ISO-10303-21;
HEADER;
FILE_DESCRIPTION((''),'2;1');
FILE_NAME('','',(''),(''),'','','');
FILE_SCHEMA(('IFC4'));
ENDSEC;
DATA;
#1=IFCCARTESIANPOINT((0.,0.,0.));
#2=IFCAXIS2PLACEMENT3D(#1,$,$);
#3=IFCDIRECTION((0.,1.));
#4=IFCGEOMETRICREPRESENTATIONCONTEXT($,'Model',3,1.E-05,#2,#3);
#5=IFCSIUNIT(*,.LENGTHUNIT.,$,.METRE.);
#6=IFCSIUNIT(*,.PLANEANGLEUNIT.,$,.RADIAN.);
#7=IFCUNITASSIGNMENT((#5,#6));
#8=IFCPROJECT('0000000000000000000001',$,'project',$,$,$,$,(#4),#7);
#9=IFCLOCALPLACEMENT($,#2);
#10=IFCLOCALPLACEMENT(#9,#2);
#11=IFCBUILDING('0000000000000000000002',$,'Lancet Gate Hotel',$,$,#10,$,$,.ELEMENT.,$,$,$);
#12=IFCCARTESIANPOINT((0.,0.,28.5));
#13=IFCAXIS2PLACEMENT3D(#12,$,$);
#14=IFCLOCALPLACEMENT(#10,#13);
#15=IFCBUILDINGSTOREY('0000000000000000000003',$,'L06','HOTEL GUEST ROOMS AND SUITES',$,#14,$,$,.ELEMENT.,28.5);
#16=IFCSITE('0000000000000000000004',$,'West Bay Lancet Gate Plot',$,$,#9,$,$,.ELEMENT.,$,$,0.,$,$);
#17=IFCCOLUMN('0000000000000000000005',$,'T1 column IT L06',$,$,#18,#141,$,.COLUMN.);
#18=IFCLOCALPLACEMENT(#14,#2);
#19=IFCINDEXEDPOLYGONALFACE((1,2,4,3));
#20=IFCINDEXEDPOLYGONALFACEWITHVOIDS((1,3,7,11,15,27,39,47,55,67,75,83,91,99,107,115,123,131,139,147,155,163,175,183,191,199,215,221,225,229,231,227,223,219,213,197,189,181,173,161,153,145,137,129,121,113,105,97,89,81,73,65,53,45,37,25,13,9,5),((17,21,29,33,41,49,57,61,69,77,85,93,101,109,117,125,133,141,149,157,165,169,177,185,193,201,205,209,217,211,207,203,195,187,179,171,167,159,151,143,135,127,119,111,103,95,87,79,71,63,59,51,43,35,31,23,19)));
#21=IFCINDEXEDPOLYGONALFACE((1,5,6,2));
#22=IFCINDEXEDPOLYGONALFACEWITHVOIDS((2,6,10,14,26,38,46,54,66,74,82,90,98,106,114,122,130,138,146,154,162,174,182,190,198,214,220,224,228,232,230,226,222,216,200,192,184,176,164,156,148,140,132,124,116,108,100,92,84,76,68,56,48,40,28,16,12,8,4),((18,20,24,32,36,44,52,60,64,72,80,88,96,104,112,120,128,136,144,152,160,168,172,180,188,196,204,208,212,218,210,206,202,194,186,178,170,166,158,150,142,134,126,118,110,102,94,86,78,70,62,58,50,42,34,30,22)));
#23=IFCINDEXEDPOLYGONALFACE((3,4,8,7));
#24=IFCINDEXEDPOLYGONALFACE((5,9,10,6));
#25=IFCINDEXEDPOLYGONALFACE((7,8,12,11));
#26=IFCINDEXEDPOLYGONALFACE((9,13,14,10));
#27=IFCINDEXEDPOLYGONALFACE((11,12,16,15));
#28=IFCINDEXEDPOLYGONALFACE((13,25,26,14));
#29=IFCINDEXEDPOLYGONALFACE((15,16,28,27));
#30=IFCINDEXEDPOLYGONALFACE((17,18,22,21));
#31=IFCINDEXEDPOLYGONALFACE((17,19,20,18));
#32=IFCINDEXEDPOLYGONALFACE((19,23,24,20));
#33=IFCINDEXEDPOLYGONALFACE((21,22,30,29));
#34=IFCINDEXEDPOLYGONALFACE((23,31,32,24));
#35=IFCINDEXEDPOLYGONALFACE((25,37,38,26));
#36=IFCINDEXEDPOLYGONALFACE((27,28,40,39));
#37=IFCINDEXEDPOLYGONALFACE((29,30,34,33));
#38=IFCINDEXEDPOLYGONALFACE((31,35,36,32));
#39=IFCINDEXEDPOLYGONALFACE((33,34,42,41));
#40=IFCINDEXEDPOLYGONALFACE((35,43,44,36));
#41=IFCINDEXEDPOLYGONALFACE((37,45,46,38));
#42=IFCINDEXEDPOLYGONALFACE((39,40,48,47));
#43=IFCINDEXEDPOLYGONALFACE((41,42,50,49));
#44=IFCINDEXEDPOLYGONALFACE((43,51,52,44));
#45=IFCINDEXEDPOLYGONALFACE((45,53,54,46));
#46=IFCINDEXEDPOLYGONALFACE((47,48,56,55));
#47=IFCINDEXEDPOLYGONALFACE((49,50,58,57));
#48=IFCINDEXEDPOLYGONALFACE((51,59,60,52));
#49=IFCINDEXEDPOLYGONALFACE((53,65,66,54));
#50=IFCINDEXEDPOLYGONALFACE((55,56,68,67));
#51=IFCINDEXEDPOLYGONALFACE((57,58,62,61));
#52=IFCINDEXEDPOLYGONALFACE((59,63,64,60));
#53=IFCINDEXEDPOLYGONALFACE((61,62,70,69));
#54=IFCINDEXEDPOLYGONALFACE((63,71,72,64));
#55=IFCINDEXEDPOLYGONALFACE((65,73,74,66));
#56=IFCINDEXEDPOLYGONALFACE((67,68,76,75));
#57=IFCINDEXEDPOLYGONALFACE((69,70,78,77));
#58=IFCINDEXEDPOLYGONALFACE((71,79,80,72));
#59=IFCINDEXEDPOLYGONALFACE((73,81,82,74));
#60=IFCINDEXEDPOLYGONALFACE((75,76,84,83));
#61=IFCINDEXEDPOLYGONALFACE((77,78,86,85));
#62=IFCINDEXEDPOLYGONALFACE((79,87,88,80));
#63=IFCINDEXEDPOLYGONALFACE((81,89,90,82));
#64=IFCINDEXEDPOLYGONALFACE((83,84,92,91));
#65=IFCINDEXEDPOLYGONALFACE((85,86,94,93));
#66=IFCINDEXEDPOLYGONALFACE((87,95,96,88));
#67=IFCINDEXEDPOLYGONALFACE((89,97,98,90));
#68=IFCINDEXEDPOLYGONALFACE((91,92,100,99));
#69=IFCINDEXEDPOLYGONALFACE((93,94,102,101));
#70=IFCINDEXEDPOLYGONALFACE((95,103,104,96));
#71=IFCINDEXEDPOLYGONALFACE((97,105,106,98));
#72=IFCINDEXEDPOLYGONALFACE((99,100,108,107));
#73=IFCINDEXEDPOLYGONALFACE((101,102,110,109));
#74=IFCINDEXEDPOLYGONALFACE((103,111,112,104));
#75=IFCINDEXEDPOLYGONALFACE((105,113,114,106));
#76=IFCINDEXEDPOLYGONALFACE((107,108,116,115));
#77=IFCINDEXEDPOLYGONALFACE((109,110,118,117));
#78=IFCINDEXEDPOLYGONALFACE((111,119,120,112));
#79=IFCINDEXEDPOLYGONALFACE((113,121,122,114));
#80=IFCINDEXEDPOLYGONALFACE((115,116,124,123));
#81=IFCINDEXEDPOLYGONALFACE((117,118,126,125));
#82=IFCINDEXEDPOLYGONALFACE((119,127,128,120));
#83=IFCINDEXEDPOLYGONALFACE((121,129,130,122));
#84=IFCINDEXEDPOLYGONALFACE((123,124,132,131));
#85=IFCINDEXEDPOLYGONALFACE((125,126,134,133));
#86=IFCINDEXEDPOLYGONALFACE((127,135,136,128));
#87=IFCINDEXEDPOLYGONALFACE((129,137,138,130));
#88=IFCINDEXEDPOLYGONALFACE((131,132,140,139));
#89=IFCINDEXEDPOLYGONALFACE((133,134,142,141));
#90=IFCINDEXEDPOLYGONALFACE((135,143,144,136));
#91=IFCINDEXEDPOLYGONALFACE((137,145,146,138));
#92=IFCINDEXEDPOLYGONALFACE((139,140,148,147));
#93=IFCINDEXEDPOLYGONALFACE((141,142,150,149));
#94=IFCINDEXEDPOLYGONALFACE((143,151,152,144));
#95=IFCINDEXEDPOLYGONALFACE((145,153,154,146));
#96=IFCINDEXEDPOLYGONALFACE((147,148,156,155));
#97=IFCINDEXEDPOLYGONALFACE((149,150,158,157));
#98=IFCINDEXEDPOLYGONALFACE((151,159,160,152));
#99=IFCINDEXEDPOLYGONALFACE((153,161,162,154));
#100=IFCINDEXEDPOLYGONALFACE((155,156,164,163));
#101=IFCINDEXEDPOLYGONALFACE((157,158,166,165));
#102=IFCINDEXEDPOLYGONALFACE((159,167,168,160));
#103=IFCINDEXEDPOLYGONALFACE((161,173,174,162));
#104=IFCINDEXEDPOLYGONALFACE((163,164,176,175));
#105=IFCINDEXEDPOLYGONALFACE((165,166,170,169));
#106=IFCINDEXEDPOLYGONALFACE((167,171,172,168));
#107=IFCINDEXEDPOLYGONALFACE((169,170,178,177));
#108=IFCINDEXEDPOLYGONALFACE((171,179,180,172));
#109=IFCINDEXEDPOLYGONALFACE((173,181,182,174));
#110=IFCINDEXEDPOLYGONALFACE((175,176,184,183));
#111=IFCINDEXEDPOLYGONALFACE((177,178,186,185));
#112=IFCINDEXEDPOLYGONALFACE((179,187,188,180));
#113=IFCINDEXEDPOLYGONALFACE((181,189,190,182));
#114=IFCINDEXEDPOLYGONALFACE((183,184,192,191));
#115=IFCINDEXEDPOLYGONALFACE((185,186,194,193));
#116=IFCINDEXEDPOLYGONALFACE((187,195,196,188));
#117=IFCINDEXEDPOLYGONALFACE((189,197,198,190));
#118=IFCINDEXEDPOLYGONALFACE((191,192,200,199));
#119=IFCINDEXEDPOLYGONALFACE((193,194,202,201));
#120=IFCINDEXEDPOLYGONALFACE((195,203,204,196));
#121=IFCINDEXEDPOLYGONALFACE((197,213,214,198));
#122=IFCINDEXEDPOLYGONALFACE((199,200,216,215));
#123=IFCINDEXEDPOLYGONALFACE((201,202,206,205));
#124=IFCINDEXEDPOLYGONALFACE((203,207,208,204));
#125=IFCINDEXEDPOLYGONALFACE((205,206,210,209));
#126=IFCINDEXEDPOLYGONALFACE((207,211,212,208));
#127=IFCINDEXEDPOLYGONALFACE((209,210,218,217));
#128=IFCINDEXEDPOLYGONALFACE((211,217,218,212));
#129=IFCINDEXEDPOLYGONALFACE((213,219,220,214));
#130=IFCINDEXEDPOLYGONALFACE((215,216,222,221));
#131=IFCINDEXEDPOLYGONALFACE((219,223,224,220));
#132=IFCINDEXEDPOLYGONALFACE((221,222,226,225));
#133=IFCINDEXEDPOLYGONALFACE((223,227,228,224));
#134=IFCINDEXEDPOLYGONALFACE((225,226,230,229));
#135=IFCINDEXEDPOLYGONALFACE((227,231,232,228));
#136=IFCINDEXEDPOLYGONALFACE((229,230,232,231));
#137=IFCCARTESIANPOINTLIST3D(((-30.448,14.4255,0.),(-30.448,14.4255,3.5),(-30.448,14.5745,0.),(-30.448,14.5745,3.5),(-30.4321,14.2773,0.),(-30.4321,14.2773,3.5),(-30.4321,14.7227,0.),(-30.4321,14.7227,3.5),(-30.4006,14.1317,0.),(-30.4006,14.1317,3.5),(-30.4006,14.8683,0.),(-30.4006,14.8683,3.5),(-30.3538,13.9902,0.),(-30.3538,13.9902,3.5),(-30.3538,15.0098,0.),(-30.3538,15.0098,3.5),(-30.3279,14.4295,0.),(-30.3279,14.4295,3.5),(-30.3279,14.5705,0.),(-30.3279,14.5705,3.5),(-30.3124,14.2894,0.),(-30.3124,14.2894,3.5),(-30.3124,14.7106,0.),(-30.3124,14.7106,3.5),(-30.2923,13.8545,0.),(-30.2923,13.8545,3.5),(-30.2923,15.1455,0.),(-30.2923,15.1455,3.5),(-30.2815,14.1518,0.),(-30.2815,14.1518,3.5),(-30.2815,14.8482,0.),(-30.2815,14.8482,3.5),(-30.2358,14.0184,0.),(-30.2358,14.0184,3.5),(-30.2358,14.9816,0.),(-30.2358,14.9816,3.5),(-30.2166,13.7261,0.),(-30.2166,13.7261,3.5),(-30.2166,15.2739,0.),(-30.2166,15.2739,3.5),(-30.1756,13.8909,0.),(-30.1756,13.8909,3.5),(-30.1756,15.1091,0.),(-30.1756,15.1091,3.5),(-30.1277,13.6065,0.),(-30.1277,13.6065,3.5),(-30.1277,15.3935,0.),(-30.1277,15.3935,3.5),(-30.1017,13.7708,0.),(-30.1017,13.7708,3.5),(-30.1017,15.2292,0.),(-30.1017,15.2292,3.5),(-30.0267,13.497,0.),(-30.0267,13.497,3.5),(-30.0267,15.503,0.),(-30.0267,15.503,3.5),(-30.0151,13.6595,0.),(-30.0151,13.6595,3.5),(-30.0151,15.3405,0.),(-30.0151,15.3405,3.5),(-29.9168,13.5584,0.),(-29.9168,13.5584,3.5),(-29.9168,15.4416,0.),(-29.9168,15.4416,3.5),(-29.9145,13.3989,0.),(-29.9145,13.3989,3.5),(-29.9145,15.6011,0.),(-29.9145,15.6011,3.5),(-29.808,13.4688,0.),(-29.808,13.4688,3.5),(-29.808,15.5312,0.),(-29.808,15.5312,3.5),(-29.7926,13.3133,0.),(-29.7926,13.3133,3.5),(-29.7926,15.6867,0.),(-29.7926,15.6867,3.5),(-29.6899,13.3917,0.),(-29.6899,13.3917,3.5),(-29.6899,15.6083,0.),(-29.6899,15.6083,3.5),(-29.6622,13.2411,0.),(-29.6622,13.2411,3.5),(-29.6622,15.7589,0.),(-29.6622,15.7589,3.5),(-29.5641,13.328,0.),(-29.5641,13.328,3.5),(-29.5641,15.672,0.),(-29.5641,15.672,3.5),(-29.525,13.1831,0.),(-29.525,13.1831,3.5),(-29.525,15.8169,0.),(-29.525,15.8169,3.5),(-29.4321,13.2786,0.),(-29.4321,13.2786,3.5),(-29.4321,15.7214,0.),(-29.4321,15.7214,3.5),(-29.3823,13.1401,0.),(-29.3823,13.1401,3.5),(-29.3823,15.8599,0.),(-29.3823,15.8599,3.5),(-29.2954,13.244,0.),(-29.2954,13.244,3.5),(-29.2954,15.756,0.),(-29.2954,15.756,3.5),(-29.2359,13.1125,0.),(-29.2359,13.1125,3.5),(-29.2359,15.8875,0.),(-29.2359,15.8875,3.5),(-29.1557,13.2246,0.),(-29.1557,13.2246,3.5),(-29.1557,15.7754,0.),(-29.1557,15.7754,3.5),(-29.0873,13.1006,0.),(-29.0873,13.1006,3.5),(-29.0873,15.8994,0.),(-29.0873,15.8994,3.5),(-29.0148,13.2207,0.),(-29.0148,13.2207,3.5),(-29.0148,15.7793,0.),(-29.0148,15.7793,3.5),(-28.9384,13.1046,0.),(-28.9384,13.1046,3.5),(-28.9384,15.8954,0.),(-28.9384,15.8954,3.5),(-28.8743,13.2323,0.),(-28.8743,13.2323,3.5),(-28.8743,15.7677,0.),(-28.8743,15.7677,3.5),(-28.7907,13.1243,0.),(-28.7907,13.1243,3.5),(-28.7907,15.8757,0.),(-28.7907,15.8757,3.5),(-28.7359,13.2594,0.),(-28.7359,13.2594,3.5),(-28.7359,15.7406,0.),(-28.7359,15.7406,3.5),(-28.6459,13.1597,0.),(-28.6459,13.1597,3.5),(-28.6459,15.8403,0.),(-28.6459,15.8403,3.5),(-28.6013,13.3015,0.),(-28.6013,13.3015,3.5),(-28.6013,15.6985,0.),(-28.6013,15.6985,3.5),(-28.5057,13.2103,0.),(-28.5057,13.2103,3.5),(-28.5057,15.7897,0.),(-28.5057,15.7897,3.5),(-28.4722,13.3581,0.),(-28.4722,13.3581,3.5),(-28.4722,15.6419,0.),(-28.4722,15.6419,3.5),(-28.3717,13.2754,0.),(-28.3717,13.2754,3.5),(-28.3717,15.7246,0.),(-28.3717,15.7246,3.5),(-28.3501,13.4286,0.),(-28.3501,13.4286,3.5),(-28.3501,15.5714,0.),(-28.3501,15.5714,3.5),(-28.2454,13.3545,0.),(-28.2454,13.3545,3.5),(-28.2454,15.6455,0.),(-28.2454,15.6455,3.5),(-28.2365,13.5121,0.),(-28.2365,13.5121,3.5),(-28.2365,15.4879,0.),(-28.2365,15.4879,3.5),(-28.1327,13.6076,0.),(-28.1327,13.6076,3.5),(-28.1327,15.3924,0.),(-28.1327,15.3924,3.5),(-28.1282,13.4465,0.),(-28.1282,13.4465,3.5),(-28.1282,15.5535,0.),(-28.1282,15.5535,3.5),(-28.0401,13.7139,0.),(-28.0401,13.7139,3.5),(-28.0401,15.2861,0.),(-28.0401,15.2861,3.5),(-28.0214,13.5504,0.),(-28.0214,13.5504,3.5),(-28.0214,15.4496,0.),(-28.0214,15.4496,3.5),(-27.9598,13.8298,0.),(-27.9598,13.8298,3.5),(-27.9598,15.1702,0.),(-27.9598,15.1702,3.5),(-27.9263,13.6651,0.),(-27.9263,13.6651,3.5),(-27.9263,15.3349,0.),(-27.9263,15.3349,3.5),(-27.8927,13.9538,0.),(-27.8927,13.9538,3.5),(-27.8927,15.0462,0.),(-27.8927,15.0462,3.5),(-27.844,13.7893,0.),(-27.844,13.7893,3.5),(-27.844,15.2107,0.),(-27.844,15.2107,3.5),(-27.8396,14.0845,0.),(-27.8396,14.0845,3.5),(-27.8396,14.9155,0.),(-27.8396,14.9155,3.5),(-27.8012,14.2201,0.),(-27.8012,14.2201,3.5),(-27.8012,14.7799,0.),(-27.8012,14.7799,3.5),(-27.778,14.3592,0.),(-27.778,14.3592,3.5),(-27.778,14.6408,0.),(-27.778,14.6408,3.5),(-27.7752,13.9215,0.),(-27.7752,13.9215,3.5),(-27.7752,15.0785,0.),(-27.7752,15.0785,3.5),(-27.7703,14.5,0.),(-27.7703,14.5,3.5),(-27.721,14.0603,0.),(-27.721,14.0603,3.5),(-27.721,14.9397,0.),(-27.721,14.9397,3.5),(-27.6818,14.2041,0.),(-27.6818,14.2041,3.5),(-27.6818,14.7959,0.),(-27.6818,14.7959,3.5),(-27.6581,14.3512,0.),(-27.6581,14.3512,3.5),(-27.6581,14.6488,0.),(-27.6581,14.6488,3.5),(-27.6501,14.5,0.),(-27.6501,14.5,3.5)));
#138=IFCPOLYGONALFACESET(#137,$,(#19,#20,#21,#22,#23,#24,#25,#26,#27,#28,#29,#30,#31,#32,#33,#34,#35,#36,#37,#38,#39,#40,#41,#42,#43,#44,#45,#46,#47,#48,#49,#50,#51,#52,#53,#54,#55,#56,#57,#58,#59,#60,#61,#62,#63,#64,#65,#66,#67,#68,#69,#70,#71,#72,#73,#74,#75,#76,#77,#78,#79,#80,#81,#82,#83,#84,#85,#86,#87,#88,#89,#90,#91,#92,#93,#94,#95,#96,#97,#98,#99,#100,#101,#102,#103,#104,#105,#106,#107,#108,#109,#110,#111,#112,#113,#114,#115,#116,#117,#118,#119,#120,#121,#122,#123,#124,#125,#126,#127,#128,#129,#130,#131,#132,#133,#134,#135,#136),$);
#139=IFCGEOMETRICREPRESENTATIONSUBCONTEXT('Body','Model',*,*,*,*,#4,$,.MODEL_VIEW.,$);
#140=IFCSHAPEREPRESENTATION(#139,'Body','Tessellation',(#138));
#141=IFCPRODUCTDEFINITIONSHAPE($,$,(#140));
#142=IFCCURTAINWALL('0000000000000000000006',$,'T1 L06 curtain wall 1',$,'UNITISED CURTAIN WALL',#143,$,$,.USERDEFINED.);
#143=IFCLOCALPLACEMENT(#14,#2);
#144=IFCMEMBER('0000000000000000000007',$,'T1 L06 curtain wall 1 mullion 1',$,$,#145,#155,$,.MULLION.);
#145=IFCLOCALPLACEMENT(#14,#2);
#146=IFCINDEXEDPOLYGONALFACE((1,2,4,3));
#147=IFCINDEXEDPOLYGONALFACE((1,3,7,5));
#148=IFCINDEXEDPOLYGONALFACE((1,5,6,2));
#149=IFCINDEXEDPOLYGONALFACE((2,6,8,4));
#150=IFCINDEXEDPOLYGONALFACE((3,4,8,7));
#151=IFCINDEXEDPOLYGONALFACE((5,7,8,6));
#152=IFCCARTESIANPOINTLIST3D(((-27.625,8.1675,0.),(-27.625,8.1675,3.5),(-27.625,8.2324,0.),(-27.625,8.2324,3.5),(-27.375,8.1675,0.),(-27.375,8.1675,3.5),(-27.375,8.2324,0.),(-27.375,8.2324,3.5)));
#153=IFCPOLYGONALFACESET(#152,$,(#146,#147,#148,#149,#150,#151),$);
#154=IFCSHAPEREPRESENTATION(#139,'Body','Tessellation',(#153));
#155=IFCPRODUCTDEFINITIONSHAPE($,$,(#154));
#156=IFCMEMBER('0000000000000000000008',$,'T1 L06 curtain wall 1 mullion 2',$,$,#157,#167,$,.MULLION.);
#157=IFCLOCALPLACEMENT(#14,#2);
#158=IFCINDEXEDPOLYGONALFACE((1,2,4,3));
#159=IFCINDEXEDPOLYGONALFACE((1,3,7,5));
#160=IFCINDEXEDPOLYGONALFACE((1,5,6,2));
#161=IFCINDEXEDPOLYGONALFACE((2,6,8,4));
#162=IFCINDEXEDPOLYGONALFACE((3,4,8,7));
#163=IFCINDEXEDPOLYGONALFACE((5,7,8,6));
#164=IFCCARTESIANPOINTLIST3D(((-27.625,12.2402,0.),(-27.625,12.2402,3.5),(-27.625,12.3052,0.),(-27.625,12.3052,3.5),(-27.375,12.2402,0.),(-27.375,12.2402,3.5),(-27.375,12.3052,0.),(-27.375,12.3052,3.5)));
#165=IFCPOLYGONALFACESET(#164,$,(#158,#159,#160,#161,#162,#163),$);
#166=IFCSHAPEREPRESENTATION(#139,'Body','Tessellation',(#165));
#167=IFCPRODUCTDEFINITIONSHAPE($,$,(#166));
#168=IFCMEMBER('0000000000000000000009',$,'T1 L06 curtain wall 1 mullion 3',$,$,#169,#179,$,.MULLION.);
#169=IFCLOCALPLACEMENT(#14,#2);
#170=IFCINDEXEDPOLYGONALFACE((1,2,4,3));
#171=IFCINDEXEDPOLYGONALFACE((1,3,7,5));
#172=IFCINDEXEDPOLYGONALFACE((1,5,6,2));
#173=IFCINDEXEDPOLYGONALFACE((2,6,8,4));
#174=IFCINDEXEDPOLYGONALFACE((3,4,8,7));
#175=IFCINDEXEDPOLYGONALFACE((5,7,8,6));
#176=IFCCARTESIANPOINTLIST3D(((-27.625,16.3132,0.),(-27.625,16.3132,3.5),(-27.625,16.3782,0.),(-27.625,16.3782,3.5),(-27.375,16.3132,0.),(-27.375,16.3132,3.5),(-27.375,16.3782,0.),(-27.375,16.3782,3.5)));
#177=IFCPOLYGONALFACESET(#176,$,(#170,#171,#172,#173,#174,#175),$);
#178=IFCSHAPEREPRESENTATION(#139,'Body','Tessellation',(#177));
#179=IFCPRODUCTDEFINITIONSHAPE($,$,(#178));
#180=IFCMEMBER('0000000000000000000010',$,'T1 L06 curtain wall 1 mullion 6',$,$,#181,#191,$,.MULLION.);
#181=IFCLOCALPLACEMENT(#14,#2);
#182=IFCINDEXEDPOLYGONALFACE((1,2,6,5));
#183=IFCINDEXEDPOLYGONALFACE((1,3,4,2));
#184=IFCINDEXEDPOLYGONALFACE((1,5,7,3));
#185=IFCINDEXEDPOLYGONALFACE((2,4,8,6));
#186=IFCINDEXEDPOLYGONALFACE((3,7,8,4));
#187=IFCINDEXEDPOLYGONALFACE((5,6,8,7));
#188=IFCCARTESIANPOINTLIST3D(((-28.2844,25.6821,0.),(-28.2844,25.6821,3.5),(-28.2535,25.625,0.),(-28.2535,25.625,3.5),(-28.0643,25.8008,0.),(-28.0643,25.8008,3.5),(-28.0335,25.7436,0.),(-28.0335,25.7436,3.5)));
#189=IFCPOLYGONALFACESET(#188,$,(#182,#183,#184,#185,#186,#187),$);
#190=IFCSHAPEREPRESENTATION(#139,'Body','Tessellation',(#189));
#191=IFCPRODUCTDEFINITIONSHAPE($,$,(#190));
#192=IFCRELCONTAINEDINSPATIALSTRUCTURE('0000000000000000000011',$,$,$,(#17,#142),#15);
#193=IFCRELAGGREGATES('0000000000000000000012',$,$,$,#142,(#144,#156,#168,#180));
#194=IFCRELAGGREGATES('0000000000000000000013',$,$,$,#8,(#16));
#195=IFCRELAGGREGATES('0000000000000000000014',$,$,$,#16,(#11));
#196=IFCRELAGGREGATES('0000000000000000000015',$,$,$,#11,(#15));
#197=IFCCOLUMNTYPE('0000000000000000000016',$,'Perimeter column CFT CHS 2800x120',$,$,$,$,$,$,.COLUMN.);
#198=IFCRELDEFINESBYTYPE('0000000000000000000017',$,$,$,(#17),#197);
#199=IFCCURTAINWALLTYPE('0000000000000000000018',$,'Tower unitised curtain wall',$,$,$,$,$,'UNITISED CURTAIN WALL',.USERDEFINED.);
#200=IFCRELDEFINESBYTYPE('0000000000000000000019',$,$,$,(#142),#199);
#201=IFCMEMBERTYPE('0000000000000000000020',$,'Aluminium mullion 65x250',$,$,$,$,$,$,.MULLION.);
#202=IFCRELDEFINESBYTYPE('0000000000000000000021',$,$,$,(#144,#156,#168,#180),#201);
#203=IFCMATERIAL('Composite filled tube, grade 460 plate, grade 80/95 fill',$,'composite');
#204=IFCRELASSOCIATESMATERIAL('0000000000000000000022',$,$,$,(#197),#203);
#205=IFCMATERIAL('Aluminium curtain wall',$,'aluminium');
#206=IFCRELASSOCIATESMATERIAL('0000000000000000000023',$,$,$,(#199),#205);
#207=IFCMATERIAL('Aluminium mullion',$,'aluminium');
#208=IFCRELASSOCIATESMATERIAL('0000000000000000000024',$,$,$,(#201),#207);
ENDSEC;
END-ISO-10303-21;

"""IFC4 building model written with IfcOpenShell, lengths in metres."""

from ifc_helpers import new_model, si_unit, direction, frame, origin, origin_2d, place, context, subcontext, project, spatial, rectangle, hollow_circle, extrude, material, material_profile, profile_set, type_object, element, aggregate, save


model = new_model("IFC4")

# Units and contexts
model_context = context("Model", 3, precision=1e-05, world=origin(), true_north=direction((0.0, 1.0)))
body_context = subcontext(model_context, "Body", "Model", "MODEL_VIEW")
ifc_project = project(units=[si_unit("LENGTHUNIT", "METRE"), si_unit("PLANEANGLEUNIT", "RADIAN")], contexts=[model_context])

# Site, building, storey
site_placement = place(None, origin())
site = spatial("IfcSite", under=ifc_project, at=site_placement, Name="West Bay Lancet Gate Plot", CompositionType="ELEMENT", RefElevation=0.0)
building_placement = place(site_placement, origin())
building = spatial("IfcBuilding", under=site, at=building_placement, Name="Lancet Gate Hotel", CompositionType="ELEMENT")
storey_placement = place(building_placement, frame((0.0, 0.0, 28.5)))
storey = spatial("IfcBuildingStorey", under=building, at=storey_placement, Name="L06", Description="HOTEL GUEST ROOMS AND SUITES", CompositionType="ELEMENT", Elevation=28.5)

# Column
ifc_material_1 = material(Name="Composite filled tube, grade 460 plate, grade 80/95 fill", Category="composite")
ifc_material_profile_1 = material_profile(ifc_material_1, hollow_circle(Radius=1.3999, WallThickness=0.1201, at=origin_2d()), Name="CHS 2800x120")
ifc_profile_set_1 = profile_set([ifc_material_profile_1], Name="Composite filled tube, grade 460 plate, grade 80/95 fill")
column_type = type_object("IfcColumnType", Name="Perimeter column CFT CHS 2800x120", PredefinedType="COLUMN", material=ifc_profile_set_1)
for number, where, z_axis, x_axis, name in (
    (1, (-29.05, 14.5, 0.0), (0.0, 0.0, 1.0), (1.0, 0.0, 0.0), "T1 column IT L06"),
):
    element("IfcColumn", number, at=place(storey_placement, frame(where, z_axis=z_axis, x_axis=x_axis)), inside=storey, type_object=column_type, Name=name, PredefinedType="COLUMN", context=body_context, shape_type="SweptSolid", body=[
        extrude(hollow_circle(Radius=1.3999, WallThickness=0.1201, at=origin_2d()), origin(), (0.0, 0.0, 1.0), 3.5),
    ])

# Curtain wall, members
ifc_material_2 = material(Name="Aluminium curtain wall", Category="aluminium")
curtain_wall_type = type_object("IfcCurtainWallType", Name="Tower unitised curtain wall", ElementType="UNITISED CURTAIN WALL", PredefinedType="USERDEFINED", material=ifc_material_2)
curtain_wall_placement = place(storey_placement, origin())
curtain_wall = element("IfcCurtainWall", 2, at=curtain_wall_placement, inside=storey, type_object=curtain_wall_type, Name="T1 L06 curtain wall 1", ObjectType="UNITISED CURTAIN WALL", PredefinedType="USERDEFINED")
ifc_material_3 = material(Name="Aluminium mullion", Category="aluminium")
ifc_material_profile_2 = material_profile(ifc_material_3, rectangle(XDim=0.0649, YDim=0.25, at=origin_2d()), Name="MULLION 65x250")
ifc_profile_set_2 = profile_set([ifc_material_profile_2], Name="Aluminium mullion")
member_type_1 = type_object("IfcMemberType", Name="Aluminium mullion 65x250", PredefinedType="MULLION", material=ifc_profile_set_2)
member_1_placement = place(storey_placement, frame((-27.5, 8.2, 0.0), z_axis=(0.0, 0.0, 1.0), x_axis=(0.0, 1.0, 0.0)))
member_1 = element("IfcMember", 3, at=member_1_placement, type_object=member_type_1, Name="T1 L06 curtain wall 1 mullion 1", PredefinedType="MULLION", context=body_context, shape_type="SweptSolid", body=[
    extrude(rectangle(XDim=0.0649, YDim=0.25, at=origin_2d()), origin(), (0.0, 0.0, 1.0), 3.5),
])
member_2_placement = place(storey_placement, frame((-27.5, 12.2727, 0.0), z_axis=(0.0, 0.0, 1.0), x_axis=(0.0, 1.0, 0.0)))
member_2 = element("IfcMember", 4, at=member_2_placement, type_object=member_type_1, Name="T1 L06 curtain wall 1 mullion 2", PredefinedType="MULLION", context=body_context, shape_type="SweptSolid", body=[
    extrude(rectangle(XDim=0.0649, YDim=0.25, at=origin_2d()), origin(), (0.0, 0.0, 1.0), 3.5),
])
member_3_placement = place(storey_placement, frame((-27.5, 16.3457, 0.0), z_axis=(0.0, 0.0, 1.0), x_axis=(0.0, 1.0, 0.0)))
member_3 = element("IfcMember", 5, at=member_3_placement, type_object=member_type_1, Name="T1 L06 curtain wall 1 mullion 3", PredefinedType="MULLION", context=body_context, shape_type="SweptSolid", body=[
    extrude(rectangle(XDim=0.0649, YDim=0.25, at=origin_2d()), origin(), (0.0, 0.0, 1.0), 3.5),
])
member_4_placement = place(storey_placement, frame((-28.1589, 25.7129, 0.0), z_axis=(0.0, 0.0, 1.0), x_axis=(-0.474631, 0.880185, 0.0)))
member_4 = element("IfcMember", 6, at=member_4_placement, type_object=member_type_1, Name="T1 L06 curtain wall 1 mullion 6", PredefinedType="MULLION", context=body_context, shape_type="SweptSolid", body=[
    extrude(rectangle(XDim=0.0649, YDim=0.25, at=origin_2d()), origin(), (0.0, 0.0, 1.0), 3.5),
])

aggregate(curtain_wall, [member_1, member_2, member_3, member_4])

save(model, "model.ifc")
